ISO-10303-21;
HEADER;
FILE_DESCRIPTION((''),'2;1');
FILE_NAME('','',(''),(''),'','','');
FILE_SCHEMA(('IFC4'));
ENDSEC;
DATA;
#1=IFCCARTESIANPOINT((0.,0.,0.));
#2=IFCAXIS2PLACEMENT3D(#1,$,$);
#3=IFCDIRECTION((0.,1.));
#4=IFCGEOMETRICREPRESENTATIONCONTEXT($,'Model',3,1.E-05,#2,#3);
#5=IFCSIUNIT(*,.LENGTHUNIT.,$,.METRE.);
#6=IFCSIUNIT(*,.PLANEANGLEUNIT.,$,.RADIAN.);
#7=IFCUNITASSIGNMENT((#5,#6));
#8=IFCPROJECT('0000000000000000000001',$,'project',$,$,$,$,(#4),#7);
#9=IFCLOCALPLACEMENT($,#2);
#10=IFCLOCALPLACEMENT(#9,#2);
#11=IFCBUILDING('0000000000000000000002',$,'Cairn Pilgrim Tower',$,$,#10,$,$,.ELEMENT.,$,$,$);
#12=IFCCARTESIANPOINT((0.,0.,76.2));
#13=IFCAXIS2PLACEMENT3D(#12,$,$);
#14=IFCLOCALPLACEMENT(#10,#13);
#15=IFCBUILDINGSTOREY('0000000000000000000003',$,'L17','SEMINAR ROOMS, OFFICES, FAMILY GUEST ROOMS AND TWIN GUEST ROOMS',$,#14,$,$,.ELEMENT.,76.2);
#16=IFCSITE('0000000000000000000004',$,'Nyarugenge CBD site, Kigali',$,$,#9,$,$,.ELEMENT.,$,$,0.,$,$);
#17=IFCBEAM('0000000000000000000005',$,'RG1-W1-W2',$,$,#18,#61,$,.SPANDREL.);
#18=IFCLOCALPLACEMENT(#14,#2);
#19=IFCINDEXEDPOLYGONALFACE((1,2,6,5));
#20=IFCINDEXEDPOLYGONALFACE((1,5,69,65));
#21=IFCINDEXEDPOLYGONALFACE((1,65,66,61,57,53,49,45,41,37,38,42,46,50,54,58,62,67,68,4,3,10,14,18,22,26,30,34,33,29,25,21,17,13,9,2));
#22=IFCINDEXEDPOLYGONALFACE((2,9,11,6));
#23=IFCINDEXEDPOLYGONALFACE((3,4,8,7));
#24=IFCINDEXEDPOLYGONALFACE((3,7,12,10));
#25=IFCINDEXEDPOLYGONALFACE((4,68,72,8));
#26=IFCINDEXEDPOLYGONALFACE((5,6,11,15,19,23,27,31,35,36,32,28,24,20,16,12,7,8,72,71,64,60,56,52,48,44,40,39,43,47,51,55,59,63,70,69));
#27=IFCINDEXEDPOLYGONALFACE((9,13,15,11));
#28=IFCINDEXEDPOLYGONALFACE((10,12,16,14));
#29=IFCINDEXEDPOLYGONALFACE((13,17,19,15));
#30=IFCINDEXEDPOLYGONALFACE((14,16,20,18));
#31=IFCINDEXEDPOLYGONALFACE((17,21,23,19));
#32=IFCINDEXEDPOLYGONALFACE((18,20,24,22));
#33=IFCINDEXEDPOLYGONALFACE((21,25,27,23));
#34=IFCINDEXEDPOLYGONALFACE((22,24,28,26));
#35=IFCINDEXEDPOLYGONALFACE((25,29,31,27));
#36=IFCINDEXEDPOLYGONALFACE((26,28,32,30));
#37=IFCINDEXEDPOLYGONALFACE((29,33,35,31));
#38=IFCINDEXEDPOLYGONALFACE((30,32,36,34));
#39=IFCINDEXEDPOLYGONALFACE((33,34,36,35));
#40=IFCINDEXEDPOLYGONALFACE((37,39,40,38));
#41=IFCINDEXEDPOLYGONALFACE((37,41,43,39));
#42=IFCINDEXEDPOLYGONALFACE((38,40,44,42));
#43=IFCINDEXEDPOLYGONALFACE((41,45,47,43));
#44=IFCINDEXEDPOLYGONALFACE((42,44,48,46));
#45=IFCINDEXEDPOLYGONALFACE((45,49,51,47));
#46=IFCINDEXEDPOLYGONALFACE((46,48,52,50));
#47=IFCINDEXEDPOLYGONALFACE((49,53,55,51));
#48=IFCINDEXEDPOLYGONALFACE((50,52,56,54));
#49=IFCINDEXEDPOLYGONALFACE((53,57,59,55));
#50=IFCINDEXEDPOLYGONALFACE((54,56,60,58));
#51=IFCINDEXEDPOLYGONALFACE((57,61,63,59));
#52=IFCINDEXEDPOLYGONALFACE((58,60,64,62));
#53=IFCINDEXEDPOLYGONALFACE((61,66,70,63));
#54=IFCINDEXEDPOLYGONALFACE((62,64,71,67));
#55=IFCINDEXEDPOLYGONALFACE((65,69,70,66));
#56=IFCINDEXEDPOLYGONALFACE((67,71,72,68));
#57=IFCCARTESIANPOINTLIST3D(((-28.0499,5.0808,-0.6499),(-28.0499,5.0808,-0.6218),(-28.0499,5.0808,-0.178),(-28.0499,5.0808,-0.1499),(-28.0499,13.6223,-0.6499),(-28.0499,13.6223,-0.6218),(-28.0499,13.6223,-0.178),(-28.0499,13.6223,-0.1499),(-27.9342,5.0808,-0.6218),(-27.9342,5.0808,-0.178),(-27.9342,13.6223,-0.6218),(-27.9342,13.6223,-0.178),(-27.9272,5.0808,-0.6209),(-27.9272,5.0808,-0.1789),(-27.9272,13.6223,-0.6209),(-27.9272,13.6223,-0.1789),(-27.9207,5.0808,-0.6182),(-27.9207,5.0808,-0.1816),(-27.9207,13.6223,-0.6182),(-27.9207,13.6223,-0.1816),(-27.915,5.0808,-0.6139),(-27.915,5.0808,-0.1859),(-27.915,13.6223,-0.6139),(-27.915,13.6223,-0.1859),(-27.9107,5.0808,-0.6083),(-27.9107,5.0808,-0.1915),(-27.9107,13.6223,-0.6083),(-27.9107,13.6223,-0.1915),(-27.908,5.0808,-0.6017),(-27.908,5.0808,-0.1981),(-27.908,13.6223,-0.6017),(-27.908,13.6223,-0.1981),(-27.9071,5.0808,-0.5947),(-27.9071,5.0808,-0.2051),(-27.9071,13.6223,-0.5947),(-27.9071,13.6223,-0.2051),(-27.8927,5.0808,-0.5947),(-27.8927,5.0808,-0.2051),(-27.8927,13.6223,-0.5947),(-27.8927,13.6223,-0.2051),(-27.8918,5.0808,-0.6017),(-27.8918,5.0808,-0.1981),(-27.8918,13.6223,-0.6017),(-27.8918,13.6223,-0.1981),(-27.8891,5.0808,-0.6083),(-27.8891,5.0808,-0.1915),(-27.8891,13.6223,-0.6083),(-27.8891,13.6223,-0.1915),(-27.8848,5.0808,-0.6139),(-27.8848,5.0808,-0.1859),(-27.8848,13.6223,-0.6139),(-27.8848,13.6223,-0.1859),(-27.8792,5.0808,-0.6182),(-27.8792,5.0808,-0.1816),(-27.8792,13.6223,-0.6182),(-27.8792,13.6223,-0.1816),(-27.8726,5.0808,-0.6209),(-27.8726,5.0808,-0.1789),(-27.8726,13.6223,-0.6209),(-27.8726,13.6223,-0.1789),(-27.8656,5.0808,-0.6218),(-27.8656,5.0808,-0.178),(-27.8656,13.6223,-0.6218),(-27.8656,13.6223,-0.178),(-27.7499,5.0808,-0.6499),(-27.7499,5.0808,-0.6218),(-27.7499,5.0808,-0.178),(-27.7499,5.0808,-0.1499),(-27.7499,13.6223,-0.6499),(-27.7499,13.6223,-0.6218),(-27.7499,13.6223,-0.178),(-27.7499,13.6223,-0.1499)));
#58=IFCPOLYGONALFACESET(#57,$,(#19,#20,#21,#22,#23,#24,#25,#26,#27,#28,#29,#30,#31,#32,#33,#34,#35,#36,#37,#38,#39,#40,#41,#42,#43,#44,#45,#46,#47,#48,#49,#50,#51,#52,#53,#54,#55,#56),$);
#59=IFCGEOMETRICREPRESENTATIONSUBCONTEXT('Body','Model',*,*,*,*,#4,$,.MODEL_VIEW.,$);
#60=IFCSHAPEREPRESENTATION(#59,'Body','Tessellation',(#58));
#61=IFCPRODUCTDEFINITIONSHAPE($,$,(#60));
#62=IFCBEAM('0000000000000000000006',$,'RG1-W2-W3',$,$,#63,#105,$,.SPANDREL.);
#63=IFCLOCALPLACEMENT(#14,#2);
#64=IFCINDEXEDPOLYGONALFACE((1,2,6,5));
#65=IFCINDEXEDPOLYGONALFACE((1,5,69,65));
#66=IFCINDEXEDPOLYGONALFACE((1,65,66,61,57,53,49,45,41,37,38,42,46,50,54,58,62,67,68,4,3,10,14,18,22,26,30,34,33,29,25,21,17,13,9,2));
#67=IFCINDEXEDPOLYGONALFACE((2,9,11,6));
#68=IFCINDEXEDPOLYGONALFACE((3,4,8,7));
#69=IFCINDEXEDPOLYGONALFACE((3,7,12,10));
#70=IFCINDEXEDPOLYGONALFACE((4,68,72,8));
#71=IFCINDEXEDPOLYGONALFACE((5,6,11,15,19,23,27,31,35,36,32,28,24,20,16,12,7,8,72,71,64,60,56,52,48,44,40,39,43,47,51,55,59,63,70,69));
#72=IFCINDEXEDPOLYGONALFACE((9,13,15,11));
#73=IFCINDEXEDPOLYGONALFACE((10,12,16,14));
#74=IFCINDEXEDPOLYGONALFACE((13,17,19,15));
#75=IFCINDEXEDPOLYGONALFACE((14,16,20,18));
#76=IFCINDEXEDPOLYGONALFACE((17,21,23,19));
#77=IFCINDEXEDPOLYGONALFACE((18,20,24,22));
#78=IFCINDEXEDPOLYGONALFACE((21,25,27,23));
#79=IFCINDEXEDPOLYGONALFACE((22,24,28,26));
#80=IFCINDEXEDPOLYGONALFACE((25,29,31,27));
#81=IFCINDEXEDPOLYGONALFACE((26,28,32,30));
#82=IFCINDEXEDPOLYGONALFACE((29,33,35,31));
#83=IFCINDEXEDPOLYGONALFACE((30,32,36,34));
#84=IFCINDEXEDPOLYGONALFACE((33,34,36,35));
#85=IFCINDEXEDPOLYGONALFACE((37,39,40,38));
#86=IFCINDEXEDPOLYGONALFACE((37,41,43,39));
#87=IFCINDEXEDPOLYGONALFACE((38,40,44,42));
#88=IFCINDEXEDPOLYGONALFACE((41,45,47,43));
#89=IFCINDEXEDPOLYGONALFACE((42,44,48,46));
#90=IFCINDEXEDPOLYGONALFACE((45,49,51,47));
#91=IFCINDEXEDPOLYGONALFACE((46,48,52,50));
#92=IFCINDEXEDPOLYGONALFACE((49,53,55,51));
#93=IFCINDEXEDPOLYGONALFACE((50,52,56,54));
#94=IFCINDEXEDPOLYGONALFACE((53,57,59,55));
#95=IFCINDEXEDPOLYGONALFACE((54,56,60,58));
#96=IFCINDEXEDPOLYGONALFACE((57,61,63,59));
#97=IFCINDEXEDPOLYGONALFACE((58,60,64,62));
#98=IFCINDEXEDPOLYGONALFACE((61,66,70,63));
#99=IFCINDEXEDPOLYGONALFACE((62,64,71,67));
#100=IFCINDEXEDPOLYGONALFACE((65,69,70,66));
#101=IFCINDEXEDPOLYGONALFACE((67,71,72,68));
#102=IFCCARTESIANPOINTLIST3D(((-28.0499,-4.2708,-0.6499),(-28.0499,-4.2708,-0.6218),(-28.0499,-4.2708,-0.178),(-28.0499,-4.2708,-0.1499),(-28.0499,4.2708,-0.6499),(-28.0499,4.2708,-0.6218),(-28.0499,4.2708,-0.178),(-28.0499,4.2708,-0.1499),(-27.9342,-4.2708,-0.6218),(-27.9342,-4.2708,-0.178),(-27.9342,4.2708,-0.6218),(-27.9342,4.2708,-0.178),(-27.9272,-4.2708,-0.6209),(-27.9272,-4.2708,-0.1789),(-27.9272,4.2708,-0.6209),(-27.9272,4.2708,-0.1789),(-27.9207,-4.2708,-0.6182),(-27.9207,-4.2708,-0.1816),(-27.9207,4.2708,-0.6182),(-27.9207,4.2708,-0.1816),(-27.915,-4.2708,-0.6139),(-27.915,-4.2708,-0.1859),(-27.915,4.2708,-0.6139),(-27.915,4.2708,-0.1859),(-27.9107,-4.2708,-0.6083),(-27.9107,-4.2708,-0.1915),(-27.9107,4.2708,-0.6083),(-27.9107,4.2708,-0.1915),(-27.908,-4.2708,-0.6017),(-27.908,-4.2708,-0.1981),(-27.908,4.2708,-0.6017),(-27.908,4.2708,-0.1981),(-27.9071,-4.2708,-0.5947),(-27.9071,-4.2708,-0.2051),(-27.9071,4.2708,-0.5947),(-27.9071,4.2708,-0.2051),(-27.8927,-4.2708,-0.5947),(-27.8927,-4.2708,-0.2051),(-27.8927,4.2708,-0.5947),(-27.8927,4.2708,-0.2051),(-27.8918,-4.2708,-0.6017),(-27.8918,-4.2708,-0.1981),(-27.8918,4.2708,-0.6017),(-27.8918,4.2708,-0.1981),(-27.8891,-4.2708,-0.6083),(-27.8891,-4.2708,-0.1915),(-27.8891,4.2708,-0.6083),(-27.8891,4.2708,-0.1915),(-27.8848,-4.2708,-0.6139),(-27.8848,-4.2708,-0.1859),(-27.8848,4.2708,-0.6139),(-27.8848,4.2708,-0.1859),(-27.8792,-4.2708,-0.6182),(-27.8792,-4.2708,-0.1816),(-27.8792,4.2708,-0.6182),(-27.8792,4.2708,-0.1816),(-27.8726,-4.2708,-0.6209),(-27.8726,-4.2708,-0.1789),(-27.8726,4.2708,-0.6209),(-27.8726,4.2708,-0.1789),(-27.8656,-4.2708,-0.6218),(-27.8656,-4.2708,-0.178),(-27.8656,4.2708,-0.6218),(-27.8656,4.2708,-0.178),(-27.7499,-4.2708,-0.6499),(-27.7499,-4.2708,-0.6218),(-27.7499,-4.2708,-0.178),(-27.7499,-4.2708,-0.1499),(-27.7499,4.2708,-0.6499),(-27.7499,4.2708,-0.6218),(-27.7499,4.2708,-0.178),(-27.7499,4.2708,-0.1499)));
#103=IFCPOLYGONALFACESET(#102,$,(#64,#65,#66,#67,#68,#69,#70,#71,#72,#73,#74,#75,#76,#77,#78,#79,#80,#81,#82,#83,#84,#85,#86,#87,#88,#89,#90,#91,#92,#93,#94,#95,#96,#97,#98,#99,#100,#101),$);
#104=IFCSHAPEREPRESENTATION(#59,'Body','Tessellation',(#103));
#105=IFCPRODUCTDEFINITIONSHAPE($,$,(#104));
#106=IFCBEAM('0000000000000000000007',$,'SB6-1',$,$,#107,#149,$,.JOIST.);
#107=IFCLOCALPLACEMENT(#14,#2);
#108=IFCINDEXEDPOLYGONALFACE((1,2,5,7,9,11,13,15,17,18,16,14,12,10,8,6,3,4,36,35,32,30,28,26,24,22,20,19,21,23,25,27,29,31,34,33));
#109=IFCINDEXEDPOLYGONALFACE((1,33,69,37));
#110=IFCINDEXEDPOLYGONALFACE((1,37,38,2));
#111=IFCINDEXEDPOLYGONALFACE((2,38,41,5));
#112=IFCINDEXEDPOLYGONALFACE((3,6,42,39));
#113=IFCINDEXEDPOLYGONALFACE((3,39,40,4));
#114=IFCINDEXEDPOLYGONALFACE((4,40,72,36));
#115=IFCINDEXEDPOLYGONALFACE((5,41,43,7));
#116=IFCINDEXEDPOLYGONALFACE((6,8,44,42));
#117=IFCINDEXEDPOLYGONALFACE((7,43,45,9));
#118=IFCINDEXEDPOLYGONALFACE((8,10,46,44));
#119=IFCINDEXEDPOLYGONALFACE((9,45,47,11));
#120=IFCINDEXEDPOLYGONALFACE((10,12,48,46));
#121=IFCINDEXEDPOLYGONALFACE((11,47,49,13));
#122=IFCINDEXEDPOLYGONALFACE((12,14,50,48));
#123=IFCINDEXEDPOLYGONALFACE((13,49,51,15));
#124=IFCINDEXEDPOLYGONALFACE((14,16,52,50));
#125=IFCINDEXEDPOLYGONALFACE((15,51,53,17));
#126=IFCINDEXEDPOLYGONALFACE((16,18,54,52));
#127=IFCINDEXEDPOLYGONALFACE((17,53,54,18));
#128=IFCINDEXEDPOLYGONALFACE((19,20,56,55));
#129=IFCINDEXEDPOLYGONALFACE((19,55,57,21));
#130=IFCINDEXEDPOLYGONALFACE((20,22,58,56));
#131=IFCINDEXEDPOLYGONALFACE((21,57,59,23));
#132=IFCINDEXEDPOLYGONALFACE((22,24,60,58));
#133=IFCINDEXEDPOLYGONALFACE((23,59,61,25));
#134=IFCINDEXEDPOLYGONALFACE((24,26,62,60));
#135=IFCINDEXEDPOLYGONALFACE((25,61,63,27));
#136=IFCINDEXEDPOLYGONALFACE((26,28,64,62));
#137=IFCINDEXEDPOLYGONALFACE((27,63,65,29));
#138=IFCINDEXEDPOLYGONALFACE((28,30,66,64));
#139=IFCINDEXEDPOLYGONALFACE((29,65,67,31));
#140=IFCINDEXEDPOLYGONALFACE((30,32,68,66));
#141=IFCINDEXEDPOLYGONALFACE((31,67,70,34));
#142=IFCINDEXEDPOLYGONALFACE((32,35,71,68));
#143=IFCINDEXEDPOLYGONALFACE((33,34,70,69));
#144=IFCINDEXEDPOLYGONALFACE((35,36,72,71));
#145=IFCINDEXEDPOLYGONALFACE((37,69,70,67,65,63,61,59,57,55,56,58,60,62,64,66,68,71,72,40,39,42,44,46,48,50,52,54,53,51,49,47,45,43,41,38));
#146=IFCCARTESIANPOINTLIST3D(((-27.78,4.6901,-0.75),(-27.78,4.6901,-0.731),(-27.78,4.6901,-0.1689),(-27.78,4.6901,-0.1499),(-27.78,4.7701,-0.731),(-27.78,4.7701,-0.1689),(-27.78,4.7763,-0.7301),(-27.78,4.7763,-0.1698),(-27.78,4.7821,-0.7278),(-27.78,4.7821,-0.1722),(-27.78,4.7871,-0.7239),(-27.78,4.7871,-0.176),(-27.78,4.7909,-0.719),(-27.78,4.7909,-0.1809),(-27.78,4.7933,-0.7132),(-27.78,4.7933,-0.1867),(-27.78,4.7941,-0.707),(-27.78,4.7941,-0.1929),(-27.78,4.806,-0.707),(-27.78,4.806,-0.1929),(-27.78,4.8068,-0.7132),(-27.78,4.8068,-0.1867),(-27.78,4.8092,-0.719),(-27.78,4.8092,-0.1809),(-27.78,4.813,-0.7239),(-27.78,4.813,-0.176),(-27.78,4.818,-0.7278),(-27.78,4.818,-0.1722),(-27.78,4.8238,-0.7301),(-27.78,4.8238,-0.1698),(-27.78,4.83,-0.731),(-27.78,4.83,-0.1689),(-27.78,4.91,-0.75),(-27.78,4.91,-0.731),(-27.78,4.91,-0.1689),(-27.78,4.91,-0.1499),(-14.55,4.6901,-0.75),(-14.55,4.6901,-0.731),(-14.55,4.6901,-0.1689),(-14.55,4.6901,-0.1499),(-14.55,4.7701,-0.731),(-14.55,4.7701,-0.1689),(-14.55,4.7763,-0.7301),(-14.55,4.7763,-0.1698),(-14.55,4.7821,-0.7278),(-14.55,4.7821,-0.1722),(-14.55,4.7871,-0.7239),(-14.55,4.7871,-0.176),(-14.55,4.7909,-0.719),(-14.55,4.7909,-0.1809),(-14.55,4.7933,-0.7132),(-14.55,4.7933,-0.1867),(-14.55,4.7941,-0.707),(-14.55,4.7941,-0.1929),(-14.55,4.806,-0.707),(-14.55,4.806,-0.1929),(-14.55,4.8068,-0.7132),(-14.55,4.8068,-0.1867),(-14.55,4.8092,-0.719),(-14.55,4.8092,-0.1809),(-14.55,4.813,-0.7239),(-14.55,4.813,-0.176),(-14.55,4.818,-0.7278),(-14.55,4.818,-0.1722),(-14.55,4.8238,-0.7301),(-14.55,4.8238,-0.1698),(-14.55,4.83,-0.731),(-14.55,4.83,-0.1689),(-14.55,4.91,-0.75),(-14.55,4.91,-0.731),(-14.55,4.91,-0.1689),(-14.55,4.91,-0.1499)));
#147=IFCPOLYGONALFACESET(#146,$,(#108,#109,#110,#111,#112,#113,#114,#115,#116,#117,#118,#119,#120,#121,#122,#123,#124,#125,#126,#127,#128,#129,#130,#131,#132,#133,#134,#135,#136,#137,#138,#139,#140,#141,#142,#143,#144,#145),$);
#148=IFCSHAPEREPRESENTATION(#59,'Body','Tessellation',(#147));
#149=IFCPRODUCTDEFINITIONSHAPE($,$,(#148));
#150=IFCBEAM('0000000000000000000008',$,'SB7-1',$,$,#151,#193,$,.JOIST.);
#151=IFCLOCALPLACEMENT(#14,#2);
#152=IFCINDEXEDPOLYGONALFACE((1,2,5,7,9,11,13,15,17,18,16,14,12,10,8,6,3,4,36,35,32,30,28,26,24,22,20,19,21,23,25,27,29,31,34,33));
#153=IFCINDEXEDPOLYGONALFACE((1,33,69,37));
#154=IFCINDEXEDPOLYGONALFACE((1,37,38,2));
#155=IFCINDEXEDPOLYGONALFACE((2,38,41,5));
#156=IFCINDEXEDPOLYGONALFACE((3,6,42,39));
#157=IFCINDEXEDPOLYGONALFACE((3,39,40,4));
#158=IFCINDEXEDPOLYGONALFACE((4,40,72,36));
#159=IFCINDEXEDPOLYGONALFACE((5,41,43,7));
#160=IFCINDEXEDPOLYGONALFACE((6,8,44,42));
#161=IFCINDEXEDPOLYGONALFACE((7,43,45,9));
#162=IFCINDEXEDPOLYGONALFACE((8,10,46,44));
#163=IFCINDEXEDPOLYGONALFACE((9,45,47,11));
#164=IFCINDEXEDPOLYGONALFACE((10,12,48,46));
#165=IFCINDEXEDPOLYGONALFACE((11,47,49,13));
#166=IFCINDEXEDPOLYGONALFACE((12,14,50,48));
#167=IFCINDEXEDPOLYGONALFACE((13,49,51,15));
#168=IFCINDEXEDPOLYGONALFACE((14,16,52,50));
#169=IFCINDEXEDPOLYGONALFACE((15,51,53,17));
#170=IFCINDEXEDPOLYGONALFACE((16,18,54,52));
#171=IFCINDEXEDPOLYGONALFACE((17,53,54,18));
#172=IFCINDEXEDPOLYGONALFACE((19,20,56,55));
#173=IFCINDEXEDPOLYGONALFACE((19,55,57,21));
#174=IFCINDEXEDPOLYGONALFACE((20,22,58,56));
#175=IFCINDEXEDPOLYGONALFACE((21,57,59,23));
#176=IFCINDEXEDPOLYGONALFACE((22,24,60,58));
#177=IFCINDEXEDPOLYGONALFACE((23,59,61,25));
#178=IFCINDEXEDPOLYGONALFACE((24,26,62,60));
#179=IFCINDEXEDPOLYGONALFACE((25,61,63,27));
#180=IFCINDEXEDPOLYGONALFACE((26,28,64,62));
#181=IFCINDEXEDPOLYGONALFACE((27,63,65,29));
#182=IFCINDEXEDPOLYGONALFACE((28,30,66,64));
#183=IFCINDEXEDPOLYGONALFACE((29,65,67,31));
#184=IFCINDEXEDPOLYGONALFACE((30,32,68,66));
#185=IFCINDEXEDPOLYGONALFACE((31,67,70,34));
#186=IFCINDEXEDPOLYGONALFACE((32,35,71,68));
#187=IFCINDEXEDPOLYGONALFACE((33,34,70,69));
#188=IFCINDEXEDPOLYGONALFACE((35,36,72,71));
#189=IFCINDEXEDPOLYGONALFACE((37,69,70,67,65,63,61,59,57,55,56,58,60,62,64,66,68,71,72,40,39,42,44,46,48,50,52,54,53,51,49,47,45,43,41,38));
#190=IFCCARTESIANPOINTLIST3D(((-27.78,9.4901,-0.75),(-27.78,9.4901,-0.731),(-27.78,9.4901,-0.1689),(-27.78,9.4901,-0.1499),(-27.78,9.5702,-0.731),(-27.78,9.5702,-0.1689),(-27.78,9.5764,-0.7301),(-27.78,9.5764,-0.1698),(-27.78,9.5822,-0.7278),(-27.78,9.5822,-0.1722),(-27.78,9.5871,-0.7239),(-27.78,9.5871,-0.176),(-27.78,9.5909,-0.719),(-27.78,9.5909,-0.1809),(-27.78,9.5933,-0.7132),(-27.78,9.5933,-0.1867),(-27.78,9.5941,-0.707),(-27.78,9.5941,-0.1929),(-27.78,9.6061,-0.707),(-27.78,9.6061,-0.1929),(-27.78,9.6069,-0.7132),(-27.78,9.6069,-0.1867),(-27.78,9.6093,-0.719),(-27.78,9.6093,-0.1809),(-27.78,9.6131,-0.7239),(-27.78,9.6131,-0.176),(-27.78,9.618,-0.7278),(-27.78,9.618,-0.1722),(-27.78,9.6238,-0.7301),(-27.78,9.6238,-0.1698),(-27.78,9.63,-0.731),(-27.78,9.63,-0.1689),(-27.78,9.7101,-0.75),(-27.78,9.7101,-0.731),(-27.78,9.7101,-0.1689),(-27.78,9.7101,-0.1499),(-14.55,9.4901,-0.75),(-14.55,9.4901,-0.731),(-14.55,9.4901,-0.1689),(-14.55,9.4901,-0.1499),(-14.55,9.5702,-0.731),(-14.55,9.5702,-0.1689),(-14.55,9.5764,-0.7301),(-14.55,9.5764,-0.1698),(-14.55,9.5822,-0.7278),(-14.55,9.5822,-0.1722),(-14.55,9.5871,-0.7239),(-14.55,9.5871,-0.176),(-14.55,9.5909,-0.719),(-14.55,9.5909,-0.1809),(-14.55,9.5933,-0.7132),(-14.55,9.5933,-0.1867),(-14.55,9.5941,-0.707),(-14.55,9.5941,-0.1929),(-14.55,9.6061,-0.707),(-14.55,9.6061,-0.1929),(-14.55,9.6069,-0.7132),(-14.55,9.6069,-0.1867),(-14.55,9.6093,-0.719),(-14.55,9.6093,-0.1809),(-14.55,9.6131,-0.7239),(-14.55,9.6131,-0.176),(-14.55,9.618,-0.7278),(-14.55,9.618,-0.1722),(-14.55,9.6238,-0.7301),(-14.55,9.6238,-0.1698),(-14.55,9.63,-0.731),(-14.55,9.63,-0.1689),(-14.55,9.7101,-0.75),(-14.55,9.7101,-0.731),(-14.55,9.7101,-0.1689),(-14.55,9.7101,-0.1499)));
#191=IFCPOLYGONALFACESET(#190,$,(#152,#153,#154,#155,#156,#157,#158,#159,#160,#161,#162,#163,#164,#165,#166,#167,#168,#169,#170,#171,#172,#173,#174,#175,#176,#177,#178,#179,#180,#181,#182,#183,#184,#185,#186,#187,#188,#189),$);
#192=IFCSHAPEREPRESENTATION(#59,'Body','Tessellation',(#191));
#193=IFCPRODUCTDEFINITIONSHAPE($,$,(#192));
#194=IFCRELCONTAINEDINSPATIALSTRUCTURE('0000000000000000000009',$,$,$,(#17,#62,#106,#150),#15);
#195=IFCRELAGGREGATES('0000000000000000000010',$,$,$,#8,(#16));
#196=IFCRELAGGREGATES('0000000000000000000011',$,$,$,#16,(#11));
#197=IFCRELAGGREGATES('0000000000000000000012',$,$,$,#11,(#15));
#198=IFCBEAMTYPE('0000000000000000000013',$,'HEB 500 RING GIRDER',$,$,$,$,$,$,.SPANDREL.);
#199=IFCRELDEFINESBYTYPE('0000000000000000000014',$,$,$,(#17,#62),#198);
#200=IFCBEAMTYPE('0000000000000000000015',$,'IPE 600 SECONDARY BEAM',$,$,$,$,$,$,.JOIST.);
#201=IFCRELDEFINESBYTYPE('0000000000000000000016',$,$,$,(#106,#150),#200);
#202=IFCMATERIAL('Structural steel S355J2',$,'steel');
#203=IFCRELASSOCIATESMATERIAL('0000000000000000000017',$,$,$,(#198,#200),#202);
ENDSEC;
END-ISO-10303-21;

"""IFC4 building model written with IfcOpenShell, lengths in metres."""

from ifc_helpers import new_model, si_unit, direction, frame, origin, origin_2d, place, context, subcontext, project, spatial, i_section, extrude, material, material_profile, profile_set, type_object, element, save


model = new_model("IFC4")

# Units and contexts
model_context = context("Model", 3, precision=1e-05, world=origin(), true_north=direction((0.0, 1.0)))
body_context = subcontext(model_context, "Body", "Model", "MODEL_VIEW")
ifc_project = project(units=[si_unit("LENGTHUNIT", "METRE"), si_unit("PLANEANGLEUNIT", "RADIAN")], contexts=[model_context])

# Site, building, storey
site_placement = place(None, origin())
site = spatial("IfcSite", under=ifc_project, at=site_placement, Name="Nyarugenge CBD site, Kigali", CompositionType="ELEMENT", RefElevation=0.0)
building_placement = place(site_placement, origin())
building = spatial("IfcBuilding", under=site, at=building_placement, Name="Cairn Pilgrim Tower", CompositionType="ELEMENT")
storey_placement = place(building_placement, frame((0.0, 0.0, 76.2)))
storey = spatial("IfcBuildingStorey", under=building, at=storey_placement, Name="L17", Description="SEMINAR ROOMS, OFFICES, FAMILY GUEST ROOMS AND TWIN GUEST ROOMS", CompositionType="ELEMENT", Elevation=76.2)

# Beams
ifc_material_1 = material(Name="Structural steel S355J2", Category="steel")
ifc_material_profile_1 = material_profile(ifc_material_1, i_section(OverallWidth=0.3, OverallDepth=0.5, WebThickness=0.0144, FlangeThickness=0.0281, FilletRadius=0.0271, at=origin_2d()), Name="HEB 500")
ifc_profile_set_1 = profile_set([ifc_material_profile_1], Name="Structural steel S355J2")
beam_type_1 = type_object("IfcBeamType", Name="HEB 500 RING GIRDER", PredefinedType="SPANDREL", material=ifc_profile_set_1)
for number, where, z_axis, x_axis, name in (
    (1, (-27.8999, 13.6223, -0.3999), (0.0, -1.0, 0.0), (1.0, 0.0, 0.0), "RG1-W1-W2"),
    (2, (-27.8999, 4.2708, -0.3999), (0.0, -1.0, 0.0), (1.0, 0.0, 0.0), "RG1-W2-W3"),
):
    element("IfcBeam", number, at=place(storey_placement, frame(where, z_axis=z_axis, x_axis=x_axis)), inside=storey, type_object=beam_type_1, Name=name, PredefinedType="SPANDREL", context=body_context, shape_type="SweptSolid", body=[
        extrude(i_section(OverallWidth=0.3, OverallDepth=0.5, WebThickness=0.0144, FlangeThickness=0.0281, FilletRadius=0.0271, at=origin_2d()), origin(), (0.0, 0.0, 1.0), 8.5415),
    ])
ifc_material_profile_2 = material_profile(ifc_material_1, i_section(OverallWidth=0.22, OverallDepth=0.6001, WebThickness=0.012, FlangeThickness=0.019, FilletRadius=0.0239, at=origin_2d()), Name="IPE 600")
ifc_profile_set_2 = profile_set([ifc_material_profile_2], Name="Structural steel S355J2")
beam_type_2 = type_object("IfcBeamType", Name="IPE 600 SECONDARY BEAM", PredefinedType="JOIST", material=ifc_profile_set_2)
for number, where, z_axis, x_axis, name in (
    (3, (-27.78, 4.8, -0.45), (1.0, 0.0, 0.0), (0.0, 1.0, 0.0), "SB6-1"),
    (4, (-27.78, 9.6001, -0.45), (1.0, 0.0, 0.0), (0.0, 1.0, 0.0), "SB7-1"),
):
    element("IfcBeam", number, at=place(storey_placement, frame(where, z_axis=z_axis, x_axis=x_axis)), inside=storey, type_object=beam_type_2, Name=name, PredefinedType="JOIST", context=body_context, shape_type="SweptSolid", body=[
        extrude(i_section(OverallWidth=0.22, OverallDepth=0.6001, WebThickness=0.012, FlangeThickness=0.019, FilletRadius=0.0239, at=origin_2d()), origin(), (0.0, 0.0, 1.0), 13.23),
    ])

save(model, "model.ifc")
